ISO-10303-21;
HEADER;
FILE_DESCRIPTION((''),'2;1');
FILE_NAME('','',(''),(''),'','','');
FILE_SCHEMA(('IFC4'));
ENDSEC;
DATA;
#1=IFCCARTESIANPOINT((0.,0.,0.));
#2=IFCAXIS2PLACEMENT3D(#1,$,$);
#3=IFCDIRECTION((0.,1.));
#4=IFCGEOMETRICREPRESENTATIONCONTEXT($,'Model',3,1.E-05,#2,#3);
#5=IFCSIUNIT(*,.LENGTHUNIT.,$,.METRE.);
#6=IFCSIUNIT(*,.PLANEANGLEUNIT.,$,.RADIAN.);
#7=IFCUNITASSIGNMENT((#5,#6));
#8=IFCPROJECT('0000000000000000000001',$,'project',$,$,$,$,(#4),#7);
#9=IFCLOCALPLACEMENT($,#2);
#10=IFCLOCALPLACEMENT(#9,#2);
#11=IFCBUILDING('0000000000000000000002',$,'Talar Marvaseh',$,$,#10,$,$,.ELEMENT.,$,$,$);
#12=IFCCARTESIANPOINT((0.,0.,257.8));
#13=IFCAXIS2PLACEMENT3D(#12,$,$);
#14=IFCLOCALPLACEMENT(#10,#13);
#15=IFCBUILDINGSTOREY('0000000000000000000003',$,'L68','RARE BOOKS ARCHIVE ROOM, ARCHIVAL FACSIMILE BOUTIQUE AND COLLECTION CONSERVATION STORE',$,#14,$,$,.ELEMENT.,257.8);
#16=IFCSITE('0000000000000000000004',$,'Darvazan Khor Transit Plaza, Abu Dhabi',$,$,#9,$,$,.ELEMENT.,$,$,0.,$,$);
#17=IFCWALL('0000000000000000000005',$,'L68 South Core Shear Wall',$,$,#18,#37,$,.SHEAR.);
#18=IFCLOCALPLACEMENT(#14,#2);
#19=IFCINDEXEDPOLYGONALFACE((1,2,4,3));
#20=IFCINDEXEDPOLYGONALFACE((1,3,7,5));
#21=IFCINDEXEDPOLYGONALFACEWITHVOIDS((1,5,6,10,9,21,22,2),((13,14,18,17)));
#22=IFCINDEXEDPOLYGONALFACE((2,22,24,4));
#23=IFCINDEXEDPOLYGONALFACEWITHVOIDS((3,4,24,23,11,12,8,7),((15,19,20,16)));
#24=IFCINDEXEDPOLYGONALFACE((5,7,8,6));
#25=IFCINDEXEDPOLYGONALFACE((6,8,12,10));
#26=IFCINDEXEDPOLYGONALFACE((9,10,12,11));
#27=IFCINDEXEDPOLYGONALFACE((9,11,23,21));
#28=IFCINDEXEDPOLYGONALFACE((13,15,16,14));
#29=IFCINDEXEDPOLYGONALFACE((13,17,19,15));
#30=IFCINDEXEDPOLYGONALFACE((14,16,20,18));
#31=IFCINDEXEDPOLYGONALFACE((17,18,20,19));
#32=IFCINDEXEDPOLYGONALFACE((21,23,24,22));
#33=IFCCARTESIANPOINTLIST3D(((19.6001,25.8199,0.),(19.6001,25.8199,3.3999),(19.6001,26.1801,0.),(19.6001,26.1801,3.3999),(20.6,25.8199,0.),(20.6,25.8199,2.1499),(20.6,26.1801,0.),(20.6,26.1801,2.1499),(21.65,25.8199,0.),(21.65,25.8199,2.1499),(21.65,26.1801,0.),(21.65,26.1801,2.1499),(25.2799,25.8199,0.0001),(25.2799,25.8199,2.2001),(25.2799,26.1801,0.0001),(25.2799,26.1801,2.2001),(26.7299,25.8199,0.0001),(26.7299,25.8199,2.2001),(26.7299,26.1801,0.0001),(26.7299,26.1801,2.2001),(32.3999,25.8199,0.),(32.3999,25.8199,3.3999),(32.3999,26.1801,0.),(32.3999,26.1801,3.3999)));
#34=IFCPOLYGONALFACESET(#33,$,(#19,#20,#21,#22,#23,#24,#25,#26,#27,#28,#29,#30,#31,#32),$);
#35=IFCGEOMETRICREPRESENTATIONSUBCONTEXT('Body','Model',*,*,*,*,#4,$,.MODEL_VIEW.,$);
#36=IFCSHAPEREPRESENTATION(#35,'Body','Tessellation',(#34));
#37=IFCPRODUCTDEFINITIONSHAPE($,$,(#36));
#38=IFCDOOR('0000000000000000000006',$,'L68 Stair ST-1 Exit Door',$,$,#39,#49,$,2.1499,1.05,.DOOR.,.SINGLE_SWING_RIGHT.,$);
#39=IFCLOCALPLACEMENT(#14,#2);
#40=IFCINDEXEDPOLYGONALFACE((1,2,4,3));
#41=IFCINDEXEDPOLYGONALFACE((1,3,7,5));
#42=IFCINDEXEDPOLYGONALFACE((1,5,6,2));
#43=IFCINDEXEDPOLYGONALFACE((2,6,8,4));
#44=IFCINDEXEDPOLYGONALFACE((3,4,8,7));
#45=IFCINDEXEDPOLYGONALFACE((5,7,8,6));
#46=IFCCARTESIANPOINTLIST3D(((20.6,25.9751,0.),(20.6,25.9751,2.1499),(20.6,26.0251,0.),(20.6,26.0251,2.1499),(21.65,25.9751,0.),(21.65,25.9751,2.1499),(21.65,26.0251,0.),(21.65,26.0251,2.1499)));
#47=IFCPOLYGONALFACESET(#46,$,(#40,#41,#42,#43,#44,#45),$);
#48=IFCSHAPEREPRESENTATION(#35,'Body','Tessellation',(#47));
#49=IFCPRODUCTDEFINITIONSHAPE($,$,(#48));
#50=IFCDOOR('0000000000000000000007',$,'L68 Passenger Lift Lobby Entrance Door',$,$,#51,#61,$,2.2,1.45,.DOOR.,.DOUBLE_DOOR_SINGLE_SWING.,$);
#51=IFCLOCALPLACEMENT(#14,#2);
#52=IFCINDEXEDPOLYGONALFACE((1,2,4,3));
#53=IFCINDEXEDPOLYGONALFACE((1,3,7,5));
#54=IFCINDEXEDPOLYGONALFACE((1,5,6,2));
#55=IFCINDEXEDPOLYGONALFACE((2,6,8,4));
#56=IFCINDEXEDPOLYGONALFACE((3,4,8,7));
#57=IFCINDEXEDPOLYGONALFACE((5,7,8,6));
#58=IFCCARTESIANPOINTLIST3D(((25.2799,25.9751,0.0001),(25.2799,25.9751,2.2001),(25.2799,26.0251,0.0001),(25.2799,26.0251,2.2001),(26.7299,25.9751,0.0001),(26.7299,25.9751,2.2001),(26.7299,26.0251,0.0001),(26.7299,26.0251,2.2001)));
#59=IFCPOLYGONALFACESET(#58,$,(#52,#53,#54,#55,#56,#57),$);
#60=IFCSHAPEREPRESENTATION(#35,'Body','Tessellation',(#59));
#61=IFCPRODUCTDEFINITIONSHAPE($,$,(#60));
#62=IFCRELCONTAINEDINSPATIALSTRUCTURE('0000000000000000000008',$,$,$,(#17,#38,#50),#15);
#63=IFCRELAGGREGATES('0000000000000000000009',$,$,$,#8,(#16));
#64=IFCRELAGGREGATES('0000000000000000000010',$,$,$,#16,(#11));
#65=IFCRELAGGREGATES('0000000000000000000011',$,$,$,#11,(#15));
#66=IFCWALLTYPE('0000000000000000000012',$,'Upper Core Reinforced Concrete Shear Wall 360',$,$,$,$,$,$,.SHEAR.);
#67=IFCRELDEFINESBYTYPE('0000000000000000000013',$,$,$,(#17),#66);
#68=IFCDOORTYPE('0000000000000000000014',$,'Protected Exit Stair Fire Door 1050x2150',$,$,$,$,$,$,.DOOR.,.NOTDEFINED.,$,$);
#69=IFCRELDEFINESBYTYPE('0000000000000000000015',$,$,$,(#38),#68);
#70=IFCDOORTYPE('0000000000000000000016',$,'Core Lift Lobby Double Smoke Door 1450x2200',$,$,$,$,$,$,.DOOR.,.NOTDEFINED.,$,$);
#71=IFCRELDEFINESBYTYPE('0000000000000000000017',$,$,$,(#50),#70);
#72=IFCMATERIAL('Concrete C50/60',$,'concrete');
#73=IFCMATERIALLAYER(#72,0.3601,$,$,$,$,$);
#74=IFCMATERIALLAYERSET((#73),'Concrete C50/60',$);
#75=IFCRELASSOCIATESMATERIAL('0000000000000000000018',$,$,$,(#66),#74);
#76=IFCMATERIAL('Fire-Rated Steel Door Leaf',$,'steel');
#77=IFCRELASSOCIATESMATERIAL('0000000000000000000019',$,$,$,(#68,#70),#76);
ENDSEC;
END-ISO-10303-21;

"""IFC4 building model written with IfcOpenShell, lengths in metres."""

from ifc_helpers import new_model, si_unit, direction, frame, frame_2d, origin, place, context, subcontext, project, spatial, rectangle, extrude, source, transform, mapped, material, layer, layer_set, type_object, type_shapes, element, fill, save


model = new_model("IFC4")

# Units and contexts
model_context = context("Model", 3, precision=1e-05, world=origin(), true_north=direction((0.0, 1.0)))
body_context = subcontext(model_context, "Body", "Model", "MODEL_VIEW")
ifc_project = project(units=[si_unit("LENGTHUNIT", "METRE"), si_unit("PLANEANGLEUNIT", "RADIAN")], contexts=[model_context])

# Site, building, storey
site_placement = place(None, origin())
site = spatial("IfcSite", under=ifc_project, at=site_placement, Name="Darvazan Khor Transit Plaza, Abu Dhabi", CompositionType="ELEMENT", RefElevation=0.0)
building_placement = place(site_placement, origin())
building = spatial("IfcBuilding", under=site, at=building_placement, Name="Talar Marvaseh", CompositionType="ELEMENT")
storey_placement = place(building_placement, frame((0.0, 0.0, 257.8)))
storey = spatial("IfcBuildingStorey", under=building, at=storey_placement, Name="L68", Description="RARE BOOKS ARCHIVE ROOM, ARCHIVAL FACSIMILE BOUTIQUE AND COLLECTION CONSERVATION STORE", CompositionType="ELEMENT", Elevation=257.8)

# Shared definitions
ifc_material_1 = material(Name="Concrete C50/60", Category="concrete")

# Wall, openings, doors
ifc_layer_1 = layer(ifc_material_1, 0.3601)
ifc_layer_set_1 = layer_set([ifc_layer_1], Name="Concrete C50/60")
wall_type_1 = type_object("IfcWallType", Name="Upper Core Reinforced Concrete Shear Wall 360", PredefinedType="SHEAR", material=ifc_layer_set_1)
wall_1_placement = place(storey_placement, frame((32.3999, 26.0, 0.0), z_axis=(0.0, 0.0, 1.0), x_axis=(-1.0, 0.0, 0.0)))
wall_1 = element("IfcWall", 1, at=wall_1_placement, inside=storey, type_object=wall_type_1, Name="L68 South Core Shear Wall", PredefinedType="SHEAR", context=body_context, shape_type="SweptSolid", body=[
    extrude(rectangle(XDim=12.7998, YDim=0.3601, at=frame_2d((6.3999, 0.0))), origin(), (0.0, 0.0, 1.0), 3.3999),
])
opening_1_placement = place(wall_1_placement, frame((10.75, 0.0, 0.0)))
opening_1 = element("IfcOpeningElement", 2, at=opening_1_placement, cuts=wall_1, PredefinedType="OPENING", context=body_context, shape_type="SweptSolid", body=[
    extrude(rectangle(XDim=1.05, YDim=2.1499, at=frame_2d((0.5249, 1.075))), frame((0.0, 0.1899, 0.0), z_axis=(0.0, -1.0, 0.0), x_axis=(1.0, 0.0, 0.0)), (0.0, 0.0, 1.0), 0.3801),
])
opening_2_placement = place(wall_1_placement, frame((5.6699, 0.0, 0.0)))
opening_2 = element("IfcOpeningElement", 3, at=opening_2_placement, cuts=wall_1, PredefinedType="OPENING", context=body_context, shape_type="SweptSolid", body=[
    extrude(rectangle(XDim=1.45, YDim=2.2, at=frame_2d((0.7251, 1.1001))), frame((0.0, 0.1899, 0.0), z_axis=(0.0, -1.0, 0.0), x_axis=(1.0, 0.0, 0.0)), (0.0, 0.0, 1.0), 0.3801),
])
ifc_material_2 = material(Name="Fire-Rated Steel Door Leaf", Category="steel")
door_type_1 = type_object("IfcDoorType", Name="Protected Exit Stair Fire Door 1050x2150", OperationType="NOTDEFINED", PredefinedType="DOOR", material=ifc_material_2)
shared_shape_1 = source(origin(), body_context, "Body", "SweptSolid", [
    extrude(rectangle(XDim=1.05, YDim=2.1499, at=frame_2d((0.5249, 1.075))), frame((0.0, 0.0249, 0.0), z_axis=(0.0, -1.0, 0.0), x_axis=(1.0, 0.0, 0.0)), (0.0, 0.0, 1.0), 0.05),
])
type_shapes(door_type_1, [shared_shape_1])
door_1_placement = place(opening_1_placement, origin())
door_1 = element("IfcDoor", 4, at=door_1_placement, inside=storey, type_object=door_type_1, Name="L68 Stair ST-1 Exit Door", OperationType="SINGLE_SWING_RIGHT", OverallHeight=2.1499, OverallWidth=1.05, PredefinedType="DOOR", context=body_context, shape_type="MappedRepresentation", body=[
    mapped(shared_shape_1, transform((0.0, 0.0, 0.0), x_axis=(1.0, 0.0, 0.0), y_axis=(0.0, 1.0, 0.0), z_axis=(0.0, 0.0, 1.0), scale=1.0)),
])
fill(opening_1, door_1)
door_type_2 = type_object("IfcDoorType", Name="Core Lift Lobby Double Smoke Door 1450x2200", OperationType="NOTDEFINED", PredefinedType="DOOR", material=ifc_material_2)
shared_shape_2 = source(origin(), body_context, "Body", "SweptSolid", [
    extrude(rectangle(XDim=1.45, YDim=2.2, at=frame_2d((0.7251, 1.1001))), frame((0.0, 0.0249, 0.0), z_axis=(0.0, -1.0, 0.0), x_axis=(1.0, 0.0, 0.0)), (0.0, 0.0, 1.0), 0.05),
])
type_shapes(door_type_2, [shared_shape_2])
door_2_placement = place(opening_2_placement, origin())
door_2 = element("IfcDoor", 5, at=door_2_placement, inside=storey, type_object=door_type_2, Name="L68 Passenger Lift Lobby Entrance Door", OperationType="DOUBLE_DOOR_SINGLE_SWING", OverallHeight=2.2, OverallWidth=1.45, PredefinedType="DOOR", context=body_context, shape_type="MappedRepresentation", body=[
    mapped(shared_shape_2, transform((0.0, 0.0, 0.0), x_axis=(1.0, 0.0, 0.0), y_axis=(0.0, 1.0, 0.0), z_axis=(0.0, 0.0, 1.0), scale=1.0)),
])
fill(opening_2, door_2)

save(model, "model.ifc")
